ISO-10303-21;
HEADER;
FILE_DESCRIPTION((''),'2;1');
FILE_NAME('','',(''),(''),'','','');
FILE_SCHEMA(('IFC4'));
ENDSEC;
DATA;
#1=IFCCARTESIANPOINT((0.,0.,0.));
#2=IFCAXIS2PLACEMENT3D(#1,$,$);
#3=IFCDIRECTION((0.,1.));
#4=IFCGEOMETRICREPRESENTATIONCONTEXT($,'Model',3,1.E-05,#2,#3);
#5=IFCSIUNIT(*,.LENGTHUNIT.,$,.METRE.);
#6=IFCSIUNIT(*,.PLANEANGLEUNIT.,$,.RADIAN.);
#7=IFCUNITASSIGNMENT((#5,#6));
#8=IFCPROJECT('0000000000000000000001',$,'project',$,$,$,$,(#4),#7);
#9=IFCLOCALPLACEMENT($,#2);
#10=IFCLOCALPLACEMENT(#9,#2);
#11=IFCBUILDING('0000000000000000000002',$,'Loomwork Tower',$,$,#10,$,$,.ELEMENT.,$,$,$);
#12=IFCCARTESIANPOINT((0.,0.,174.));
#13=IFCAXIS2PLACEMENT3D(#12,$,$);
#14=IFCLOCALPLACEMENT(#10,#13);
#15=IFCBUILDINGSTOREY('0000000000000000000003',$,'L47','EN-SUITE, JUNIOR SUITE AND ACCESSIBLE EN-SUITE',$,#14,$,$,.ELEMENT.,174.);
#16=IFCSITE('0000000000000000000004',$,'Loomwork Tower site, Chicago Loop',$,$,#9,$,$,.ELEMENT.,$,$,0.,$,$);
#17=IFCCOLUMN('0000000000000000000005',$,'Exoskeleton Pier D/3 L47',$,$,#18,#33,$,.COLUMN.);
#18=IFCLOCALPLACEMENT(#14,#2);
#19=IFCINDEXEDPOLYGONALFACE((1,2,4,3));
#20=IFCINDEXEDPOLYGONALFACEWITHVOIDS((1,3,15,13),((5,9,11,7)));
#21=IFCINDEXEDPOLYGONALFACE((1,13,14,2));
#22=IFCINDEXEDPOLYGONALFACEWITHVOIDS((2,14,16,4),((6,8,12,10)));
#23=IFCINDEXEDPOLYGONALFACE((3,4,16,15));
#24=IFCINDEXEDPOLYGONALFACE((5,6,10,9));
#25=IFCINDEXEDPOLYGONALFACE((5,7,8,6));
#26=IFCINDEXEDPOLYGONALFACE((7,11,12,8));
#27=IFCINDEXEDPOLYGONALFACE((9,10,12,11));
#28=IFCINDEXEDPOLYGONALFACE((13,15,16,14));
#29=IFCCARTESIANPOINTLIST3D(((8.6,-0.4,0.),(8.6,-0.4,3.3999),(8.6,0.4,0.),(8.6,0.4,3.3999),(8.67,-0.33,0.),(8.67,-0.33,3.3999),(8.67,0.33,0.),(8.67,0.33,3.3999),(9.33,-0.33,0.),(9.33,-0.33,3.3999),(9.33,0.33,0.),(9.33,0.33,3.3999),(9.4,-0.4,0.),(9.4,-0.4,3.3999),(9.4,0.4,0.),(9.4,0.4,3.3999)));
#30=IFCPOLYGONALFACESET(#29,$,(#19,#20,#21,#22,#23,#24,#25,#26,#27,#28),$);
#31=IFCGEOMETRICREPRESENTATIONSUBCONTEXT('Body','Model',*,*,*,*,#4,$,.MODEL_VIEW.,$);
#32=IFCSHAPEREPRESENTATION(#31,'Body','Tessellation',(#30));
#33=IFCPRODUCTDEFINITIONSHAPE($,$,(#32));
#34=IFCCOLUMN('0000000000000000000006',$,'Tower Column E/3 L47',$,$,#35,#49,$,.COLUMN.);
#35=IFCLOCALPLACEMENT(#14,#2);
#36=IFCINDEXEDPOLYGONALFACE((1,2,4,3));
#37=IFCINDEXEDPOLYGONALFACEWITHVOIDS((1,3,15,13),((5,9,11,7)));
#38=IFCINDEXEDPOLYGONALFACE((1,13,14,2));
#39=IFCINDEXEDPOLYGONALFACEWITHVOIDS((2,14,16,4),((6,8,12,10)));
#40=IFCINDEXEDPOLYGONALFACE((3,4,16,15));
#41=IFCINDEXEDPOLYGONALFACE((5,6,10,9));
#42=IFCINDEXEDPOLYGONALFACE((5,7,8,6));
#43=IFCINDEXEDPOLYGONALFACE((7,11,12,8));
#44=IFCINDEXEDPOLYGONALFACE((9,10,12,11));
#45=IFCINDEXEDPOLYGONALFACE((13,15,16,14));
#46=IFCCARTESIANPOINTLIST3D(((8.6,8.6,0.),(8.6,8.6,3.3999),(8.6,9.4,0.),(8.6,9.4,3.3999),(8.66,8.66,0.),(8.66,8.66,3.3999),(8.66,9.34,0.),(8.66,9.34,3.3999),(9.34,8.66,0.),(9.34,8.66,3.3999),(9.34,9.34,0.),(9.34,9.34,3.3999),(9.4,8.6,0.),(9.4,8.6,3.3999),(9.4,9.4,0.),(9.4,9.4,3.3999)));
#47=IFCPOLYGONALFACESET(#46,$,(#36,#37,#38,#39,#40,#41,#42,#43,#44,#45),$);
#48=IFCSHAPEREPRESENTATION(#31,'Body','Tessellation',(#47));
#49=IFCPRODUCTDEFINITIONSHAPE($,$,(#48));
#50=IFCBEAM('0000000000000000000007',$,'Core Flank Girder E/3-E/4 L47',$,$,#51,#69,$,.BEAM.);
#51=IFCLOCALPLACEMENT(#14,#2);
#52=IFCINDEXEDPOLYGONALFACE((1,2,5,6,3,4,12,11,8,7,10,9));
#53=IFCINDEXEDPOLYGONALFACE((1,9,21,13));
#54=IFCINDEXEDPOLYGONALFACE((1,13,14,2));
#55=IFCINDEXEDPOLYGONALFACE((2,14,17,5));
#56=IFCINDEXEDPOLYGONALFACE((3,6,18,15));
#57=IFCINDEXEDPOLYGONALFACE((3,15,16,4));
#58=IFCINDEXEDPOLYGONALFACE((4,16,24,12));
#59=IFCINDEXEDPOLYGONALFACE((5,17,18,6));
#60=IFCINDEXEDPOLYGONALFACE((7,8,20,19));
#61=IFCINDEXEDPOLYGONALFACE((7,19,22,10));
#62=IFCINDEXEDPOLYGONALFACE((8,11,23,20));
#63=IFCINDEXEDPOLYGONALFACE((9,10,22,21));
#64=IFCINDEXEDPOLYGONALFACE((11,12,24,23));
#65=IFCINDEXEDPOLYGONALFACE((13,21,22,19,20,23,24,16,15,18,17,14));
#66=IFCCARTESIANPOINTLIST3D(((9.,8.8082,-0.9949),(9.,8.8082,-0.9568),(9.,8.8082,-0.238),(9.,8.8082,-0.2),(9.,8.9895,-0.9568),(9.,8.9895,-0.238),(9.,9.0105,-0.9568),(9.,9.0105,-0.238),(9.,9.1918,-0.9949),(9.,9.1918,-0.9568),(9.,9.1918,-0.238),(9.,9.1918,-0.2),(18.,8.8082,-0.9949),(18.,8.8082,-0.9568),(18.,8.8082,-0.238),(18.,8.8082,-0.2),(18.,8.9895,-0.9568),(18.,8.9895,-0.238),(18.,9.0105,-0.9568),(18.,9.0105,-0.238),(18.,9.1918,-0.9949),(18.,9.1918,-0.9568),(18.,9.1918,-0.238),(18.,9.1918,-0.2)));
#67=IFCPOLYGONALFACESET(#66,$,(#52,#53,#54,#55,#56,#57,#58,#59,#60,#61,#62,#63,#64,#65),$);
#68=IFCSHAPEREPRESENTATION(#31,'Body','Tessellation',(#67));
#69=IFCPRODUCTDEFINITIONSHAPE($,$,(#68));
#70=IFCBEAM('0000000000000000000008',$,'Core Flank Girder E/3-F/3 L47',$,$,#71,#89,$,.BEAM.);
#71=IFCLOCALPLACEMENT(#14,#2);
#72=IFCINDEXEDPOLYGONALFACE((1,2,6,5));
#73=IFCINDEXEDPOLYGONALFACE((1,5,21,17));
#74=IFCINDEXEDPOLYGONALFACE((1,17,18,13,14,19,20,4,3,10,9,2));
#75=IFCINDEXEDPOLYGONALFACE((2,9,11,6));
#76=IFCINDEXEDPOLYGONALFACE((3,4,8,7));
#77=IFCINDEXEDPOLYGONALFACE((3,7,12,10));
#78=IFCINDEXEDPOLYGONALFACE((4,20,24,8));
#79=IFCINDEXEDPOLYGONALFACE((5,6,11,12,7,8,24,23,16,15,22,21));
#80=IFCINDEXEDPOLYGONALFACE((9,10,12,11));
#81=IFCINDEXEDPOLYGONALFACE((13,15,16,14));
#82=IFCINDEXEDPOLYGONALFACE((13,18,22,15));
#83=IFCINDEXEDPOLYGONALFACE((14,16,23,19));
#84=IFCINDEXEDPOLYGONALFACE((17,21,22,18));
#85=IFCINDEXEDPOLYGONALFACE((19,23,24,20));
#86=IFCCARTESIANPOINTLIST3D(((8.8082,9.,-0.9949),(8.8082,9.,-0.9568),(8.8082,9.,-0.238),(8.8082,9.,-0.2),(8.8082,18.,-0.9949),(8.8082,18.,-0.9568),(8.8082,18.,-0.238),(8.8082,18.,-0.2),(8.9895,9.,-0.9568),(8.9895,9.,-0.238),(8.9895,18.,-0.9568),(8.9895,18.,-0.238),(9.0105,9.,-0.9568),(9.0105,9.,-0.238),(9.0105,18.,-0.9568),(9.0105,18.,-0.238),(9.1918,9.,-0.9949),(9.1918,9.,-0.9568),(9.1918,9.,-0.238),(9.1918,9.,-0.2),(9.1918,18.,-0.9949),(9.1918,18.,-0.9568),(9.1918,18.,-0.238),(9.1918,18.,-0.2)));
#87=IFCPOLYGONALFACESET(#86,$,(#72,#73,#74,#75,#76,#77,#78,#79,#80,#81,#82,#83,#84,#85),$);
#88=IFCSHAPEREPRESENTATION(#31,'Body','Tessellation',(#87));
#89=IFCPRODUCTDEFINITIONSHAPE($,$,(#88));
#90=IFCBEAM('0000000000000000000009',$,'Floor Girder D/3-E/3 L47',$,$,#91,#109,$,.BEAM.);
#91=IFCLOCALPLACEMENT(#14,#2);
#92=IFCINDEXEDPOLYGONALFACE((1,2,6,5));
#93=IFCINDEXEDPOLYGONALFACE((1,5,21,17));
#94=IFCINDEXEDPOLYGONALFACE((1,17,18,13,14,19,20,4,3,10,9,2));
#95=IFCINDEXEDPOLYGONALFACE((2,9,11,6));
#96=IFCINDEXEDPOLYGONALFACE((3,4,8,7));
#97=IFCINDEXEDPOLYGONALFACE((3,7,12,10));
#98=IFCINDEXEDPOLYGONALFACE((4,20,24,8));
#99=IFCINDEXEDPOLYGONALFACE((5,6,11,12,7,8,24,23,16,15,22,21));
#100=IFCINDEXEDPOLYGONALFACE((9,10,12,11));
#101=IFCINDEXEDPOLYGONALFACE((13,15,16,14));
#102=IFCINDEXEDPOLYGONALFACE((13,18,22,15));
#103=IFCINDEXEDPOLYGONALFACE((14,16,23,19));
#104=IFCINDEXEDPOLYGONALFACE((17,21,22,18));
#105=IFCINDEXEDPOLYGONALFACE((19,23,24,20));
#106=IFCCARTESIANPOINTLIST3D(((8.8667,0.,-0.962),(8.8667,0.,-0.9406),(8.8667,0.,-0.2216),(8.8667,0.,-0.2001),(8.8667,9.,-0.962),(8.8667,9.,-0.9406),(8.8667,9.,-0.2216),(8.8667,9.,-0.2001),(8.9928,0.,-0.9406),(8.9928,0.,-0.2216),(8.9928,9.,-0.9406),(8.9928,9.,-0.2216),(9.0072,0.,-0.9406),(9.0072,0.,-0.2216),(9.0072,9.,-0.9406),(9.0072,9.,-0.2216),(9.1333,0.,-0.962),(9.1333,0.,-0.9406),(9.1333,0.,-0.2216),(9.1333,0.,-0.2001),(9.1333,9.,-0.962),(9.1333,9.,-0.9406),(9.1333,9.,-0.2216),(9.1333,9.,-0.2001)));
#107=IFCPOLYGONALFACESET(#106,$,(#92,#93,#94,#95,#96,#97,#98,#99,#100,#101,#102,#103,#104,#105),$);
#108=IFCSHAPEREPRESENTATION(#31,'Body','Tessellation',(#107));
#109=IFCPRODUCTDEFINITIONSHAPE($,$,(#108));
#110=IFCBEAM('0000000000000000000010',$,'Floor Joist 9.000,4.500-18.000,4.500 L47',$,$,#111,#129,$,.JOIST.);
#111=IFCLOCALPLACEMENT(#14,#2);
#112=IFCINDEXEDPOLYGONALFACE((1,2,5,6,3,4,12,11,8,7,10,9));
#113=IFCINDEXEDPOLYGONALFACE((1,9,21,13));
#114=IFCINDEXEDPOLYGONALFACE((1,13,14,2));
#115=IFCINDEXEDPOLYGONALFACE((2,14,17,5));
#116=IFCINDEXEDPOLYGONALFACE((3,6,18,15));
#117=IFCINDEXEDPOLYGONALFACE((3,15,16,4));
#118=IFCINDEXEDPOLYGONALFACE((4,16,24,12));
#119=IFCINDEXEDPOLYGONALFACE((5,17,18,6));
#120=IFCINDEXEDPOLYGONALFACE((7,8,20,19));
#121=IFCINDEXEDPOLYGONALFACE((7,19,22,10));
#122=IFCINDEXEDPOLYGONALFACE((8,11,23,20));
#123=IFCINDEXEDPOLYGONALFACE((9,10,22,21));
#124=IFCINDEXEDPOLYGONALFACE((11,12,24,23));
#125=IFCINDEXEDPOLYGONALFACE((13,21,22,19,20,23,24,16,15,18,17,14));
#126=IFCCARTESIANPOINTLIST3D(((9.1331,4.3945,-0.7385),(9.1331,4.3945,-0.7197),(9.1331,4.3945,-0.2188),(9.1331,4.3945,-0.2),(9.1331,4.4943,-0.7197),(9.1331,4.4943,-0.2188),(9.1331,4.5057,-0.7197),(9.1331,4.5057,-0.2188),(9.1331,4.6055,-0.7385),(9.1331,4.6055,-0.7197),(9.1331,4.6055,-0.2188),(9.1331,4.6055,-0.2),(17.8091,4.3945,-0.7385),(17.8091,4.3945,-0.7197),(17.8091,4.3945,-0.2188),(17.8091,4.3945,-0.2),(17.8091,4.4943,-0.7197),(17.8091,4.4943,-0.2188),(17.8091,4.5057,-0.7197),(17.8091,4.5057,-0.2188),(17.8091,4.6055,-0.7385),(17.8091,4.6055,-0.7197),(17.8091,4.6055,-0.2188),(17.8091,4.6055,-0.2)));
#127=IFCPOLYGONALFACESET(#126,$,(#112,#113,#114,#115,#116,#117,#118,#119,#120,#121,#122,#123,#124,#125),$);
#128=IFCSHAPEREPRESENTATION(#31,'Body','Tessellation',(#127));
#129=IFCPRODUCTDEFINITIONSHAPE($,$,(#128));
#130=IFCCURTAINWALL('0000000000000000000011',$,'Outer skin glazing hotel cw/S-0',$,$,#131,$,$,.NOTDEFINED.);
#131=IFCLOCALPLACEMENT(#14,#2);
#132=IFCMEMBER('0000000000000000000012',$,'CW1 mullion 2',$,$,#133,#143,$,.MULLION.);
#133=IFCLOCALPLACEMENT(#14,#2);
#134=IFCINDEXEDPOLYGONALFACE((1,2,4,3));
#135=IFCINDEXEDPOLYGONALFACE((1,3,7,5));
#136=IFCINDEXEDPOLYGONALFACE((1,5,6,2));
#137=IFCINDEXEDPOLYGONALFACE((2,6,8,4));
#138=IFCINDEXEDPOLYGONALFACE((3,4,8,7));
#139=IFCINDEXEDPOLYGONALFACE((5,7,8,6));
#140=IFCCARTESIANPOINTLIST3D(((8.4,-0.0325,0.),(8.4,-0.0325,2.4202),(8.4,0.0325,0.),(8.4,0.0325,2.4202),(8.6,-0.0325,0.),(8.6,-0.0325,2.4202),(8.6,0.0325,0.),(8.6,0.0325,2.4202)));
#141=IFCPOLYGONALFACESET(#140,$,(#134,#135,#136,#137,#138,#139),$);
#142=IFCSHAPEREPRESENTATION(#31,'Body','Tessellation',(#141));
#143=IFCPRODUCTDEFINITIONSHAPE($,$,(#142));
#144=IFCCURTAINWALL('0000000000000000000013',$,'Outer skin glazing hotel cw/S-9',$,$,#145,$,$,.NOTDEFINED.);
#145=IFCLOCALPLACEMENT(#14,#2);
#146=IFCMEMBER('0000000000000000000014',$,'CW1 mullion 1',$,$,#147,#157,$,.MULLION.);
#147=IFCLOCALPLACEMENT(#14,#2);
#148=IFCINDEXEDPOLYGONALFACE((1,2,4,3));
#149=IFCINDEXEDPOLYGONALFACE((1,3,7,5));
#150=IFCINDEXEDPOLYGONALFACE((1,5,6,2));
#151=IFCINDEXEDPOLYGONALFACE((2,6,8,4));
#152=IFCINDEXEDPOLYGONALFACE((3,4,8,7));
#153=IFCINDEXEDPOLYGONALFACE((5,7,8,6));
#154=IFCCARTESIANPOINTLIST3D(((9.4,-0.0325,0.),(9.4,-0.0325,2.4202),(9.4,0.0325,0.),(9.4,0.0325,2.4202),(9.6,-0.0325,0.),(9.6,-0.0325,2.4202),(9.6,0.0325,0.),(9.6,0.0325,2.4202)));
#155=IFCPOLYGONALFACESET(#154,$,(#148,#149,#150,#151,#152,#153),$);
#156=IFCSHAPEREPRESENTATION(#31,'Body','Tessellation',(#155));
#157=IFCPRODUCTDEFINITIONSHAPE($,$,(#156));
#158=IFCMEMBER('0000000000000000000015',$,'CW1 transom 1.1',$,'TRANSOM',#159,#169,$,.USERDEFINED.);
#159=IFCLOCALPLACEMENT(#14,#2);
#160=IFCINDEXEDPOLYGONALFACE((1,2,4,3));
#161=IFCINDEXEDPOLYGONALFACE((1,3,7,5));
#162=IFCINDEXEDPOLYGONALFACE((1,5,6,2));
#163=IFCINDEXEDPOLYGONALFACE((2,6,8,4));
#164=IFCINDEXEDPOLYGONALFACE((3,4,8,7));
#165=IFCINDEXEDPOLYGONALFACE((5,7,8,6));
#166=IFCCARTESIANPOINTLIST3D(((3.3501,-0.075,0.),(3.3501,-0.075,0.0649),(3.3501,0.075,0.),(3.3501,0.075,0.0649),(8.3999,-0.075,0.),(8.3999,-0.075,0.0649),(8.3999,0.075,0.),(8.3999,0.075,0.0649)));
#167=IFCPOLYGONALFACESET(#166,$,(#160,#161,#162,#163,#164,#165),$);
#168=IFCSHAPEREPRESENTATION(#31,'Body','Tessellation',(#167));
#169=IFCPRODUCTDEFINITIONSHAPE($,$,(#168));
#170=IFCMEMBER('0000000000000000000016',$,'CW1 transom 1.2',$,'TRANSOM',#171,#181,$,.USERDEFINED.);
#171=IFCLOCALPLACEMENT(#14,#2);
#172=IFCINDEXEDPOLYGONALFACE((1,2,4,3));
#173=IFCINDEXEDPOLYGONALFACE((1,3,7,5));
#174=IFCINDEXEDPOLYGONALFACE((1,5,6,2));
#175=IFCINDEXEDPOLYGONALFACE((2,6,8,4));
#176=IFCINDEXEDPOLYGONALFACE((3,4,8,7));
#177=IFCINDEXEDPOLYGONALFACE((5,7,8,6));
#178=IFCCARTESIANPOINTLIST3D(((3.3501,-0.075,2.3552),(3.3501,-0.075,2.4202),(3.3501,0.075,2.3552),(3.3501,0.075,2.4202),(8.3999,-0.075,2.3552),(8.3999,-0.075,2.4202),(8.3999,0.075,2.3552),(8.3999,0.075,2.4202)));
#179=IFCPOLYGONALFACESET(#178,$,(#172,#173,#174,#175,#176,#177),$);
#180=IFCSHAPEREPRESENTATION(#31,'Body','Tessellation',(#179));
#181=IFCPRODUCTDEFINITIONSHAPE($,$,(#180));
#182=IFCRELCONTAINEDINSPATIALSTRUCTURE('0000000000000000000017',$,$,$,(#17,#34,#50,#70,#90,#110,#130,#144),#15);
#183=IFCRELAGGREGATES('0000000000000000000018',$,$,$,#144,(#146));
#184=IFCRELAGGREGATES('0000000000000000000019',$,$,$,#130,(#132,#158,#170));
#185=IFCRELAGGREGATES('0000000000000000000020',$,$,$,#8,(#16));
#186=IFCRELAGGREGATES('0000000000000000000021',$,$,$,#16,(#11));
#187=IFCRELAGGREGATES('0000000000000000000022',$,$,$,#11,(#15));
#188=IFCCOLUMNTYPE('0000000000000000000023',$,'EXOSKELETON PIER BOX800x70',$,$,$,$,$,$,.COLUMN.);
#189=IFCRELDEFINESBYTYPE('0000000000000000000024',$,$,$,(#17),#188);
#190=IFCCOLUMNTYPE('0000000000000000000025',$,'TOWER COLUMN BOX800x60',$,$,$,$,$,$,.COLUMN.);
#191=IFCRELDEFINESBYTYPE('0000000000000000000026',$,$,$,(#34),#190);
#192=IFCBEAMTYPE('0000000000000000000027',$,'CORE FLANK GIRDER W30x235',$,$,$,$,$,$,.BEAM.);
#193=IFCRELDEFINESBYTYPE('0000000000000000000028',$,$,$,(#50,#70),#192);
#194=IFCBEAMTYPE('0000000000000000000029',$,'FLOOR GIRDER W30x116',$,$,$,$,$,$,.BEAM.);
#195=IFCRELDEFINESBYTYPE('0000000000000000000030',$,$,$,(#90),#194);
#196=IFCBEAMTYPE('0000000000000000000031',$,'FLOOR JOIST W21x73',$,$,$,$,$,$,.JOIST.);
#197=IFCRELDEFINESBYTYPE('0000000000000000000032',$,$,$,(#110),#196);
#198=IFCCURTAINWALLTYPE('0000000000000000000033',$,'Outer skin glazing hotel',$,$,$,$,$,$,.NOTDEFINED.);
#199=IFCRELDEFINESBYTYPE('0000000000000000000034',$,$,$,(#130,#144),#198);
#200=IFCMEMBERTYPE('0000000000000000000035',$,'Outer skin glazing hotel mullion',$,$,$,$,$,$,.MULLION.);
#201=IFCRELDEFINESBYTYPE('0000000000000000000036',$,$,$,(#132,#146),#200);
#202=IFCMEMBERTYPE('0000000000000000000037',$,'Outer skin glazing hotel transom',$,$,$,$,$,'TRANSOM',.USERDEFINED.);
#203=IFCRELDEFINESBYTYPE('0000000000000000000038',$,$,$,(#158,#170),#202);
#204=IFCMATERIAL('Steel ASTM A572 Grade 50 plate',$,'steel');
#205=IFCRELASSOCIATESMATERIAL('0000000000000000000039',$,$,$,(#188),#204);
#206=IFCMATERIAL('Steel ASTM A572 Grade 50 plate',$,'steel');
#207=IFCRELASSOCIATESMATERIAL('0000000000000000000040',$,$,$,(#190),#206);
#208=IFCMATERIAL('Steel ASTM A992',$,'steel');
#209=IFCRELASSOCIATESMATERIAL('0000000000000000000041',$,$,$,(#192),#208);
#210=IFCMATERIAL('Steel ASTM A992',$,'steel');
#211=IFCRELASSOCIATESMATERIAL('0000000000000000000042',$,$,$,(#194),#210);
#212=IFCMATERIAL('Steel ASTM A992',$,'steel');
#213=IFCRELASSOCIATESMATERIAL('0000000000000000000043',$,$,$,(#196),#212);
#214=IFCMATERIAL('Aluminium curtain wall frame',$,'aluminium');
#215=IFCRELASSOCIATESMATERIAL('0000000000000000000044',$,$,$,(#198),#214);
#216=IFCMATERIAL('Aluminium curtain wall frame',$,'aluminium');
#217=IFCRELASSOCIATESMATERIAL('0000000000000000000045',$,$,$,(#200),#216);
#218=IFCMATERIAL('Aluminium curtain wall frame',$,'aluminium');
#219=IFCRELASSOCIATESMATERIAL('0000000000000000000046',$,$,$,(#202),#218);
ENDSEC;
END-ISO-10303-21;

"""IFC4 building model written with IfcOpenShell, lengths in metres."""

from ifc_helpers import new_model, si_unit, direction, frame, origin, origin_2d, place, context, subcontext, project, spatial, rectangle, hollow_rectangle, i_section, extrude, material, material_profile, profile_set, type_object, element, aggregate, save


model = new_model("IFC4")

# Units and contexts
model_context = context("Model", 3, precision=1e-05, world=origin(), true_north=direction((0.0, 1.0)))
body_context = subcontext(model_context, "Body", "Model", "MODEL_VIEW")
ifc_project = project(units=[si_unit("LENGTHUNIT", "METRE"), si_unit("PLANEANGLEUNIT", "RADIAN")], contexts=[model_context])

# Site, building, storey
site_placement = place(None, origin())
site = spatial("IfcSite", under=ifc_project, at=site_placement, Name="Loomwork Tower site, Chicago Loop", CompositionType="ELEMENT", RefElevation=0.0)
building_placement = place(site_placement, origin())
building = spatial("IfcBuilding", under=site, at=building_placement, Name="Loomwork Tower", CompositionType="ELEMENT")
storey_placement = place(building_placement, frame((0.0, 0.0, 174.0)))
storey = spatial("IfcBuildingStorey", under=building, at=storey_placement, Name="L47", Description="EN-SUITE, JUNIOR SUITE AND ACCESSIBLE EN-SUITE", CompositionType="ELEMENT", Elevation=174.0)

# Columns
ifc_material_1 = material(Name="Steel ASTM A572 Grade 50 plate", Category="steel")
ifc_material_profile_1 = material_profile(ifc_material_1, hollow_rectangle(XDim=0.8, YDim=0.8, WallThickness=0.0701, at=origin_2d()), Name="BOX800x70")
ifc_profile_set_1 = profile_set([ifc_material_profile_1], Name="Steel ASTM A572 Grade 50 plate")
column_type_1 = type_object("IfcColumnType", Name="EXOSKELETON PIER BOX800x70", PredefinedType="COLUMN", material=ifc_profile_set_1)
column_1_placement = place(storey_placement, frame((9.0, 0.0, 0.0), z_axis=(0.0, 0.0, 1.0), x_axis=(1.0, 0.0, 0.0)))
element("IfcColumn", 1, at=column_1_placement, inside=storey, type_object=column_type_1, Name="Exoskeleton Pier D/3 L47", PredefinedType="COLUMN", context=body_context, shape_type="SweptSolid", body=[
    extrude(hollow_rectangle(XDim=0.8, YDim=0.8, WallThickness=0.0701, at=origin_2d()), origin(), (0.0, 0.0, 1.0), 3.3999),
])
ifc_material_2 = material(Name="Steel ASTM A572 Grade 50 plate", Category="steel")
ifc_material_profile_2 = material_profile(ifc_material_2, hollow_rectangle(XDim=0.8, YDim=0.8, WallThickness=0.0601, at=origin_2d()), Name="BOX800x60")
ifc_profile_set_2 = profile_set([ifc_material_profile_2], Name="Steel ASTM A572 Grade 50 plate")
column_type_2 = type_object("IfcColumnType", Name="TOWER COLUMN BOX800x60", PredefinedType="COLUMN", material=ifc_profile_set_2)
column_2_placement = place(storey_placement, frame((9.0, 9.0, 0.0), z_axis=(0.0, 0.0, 1.0), x_axis=(1.0, 0.0, 0.0)))
element("IfcColumn", 2, at=column_2_placement, inside=storey, type_object=column_type_2, Name="Tower Column E/3 L47", PredefinedType="COLUMN", context=body_context, shape_type="SweptSolid", body=[
    extrude(hollow_rectangle(XDim=0.8, YDim=0.8, WallThickness=0.0601, at=origin_2d()), origin(), (0.0, 0.0, 1.0), 3.3999),
])

# Beams
ifc_material_3 = material(Name="Steel ASTM A992", Category="steel")
ifc_material_profile_3 = material_profile(ifc_material_3, i_section(OverallWidth=0.3835, OverallDepth=0.7949, WebThickness=0.021, FlangeThickness=0.0381, at=origin_2d()), Name="W30x235")
ifc_profile_set_3 = profile_set([ifc_material_profile_3], Name="Steel ASTM A992")
beam_type_1 = type_object("IfcBeamType", Name="CORE FLANK GIRDER W30x235", PredefinedType="BEAM", material=ifc_profile_set_3)
for number, where, z_axis, x_axis, name in (
    (3, (9.0, 9.0, -0.5974), (1.0, 0.0, 0.0), (0.0, 1.0, 0.0), "Core Flank Girder E/3-E/4 L47"),
    (4, (9.0, 9.0, -0.5974), (0.0, 1.0, 0.0), (-1.0, 0.0, 0.0), "Core Flank Girder E/3-F/3 L47"),
):
    element("IfcBeam", number, at=place(storey_placement, frame(where, z_axis=z_axis, x_axis=x_axis)), inside=storey, type_object=beam_type_1, Name=name, PredefinedType="BEAM", context=body_context, shape_type="SweptSolid", body=[
        extrude(i_section(OverallWidth=0.3835, OverallDepth=0.7949, WebThickness=0.021, FlangeThickness=0.0381, at=origin_2d()), origin(), (0.0, 0.0, 1.0), 9.0),
    ])
ifc_material_4 = material(Name="Steel ASTM A992", Category="steel")
ifc_material_profile_4 = material_profile(ifc_material_4, i_section(OverallWidth=0.2666, OverallDepth=0.762, WebThickness=0.0144, FlangeThickness=0.0215, at=origin_2d()), Name="W30x116")
ifc_profile_set_4 = profile_set([ifc_material_profile_4], Name="Steel ASTM A992")
beam_type_2 = type_object("IfcBeamType", Name="FLOOR GIRDER W30x116", PredefinedType="BEAM", material=ifc_profile_set_4)
beam_1_placement = place(storey_placement, frame((9.0, 0.0, -0.5811), z_axis=(0.0, 1.0, 0.0), x_axis=(-1.0, 0.0, 0.0)))
element("IfcBeam", 5, at=beam_1_placement, inside=storey, type_object=beam_type_2, Name="Floor Girder D/3-E/3 L47", PredefinedType="BEAM", context=body_context, shape_type="SweptSolid", body=[
    extrude(i_section(OverallWidth=0.2666, OverallDepth=0.762, WebThickness=0.0144, FlangeThickness=0.0215, at=origin_2d()), origin(), (0.0, 0.0, 1.0), 9.0),
])
ifc_material_5 = material(Name="Steel ASTM A992", Category="steel")
ifc_material_profile_5 = material_profile(ifc_material_5, i_section(OverallWidth=0.2109, OverallDepth=0.5386, WebThickness=0.0115, FlangeThickness=0.0188, at=origin_2d()), Name="W21x73")
ifc_profile_set_5 = profile_set([ifc_material_profile_5], Name="Steel ASTM A992")
beam_type_3 = type_object("IfcBeamType", Name="FLOOR JOIST W21x73", PredefinedType="JOIST", material=ifc_profile_set_5)
beam_2_placement = place(storey_placement, frame((9.1331, 4.5, -0.4692), z_axis=(1.0, 0.0, 0.0), x_axis=(0.0, 1.0, 0.0)))
element("IfcBeam", 6, at=beam_2_placement, inside=storey, type_object=beam_type_3, Name="Floor Joist 9.000,4.500-18.000,4.500 L47", PredefinedType="JOIST", context=body_context, shape_type="SweptSolid", body=[
    extrude(i_section(OverallWidth=0.2109, OverallDepth=0.5386, WebThickness=0.0115, FlangeThickness=0.0188, at=origin_2d()), origin(), (0.0, 0.0, 1.0), 8.676),
])

# Curtain walls, members
ifc_material_6 = material(Name="Aluminium curtain wall frame", Category="aluminium")
curtain_wall_type = type_object("IfcCurtainWallType", Name="Outer skin glazing hotel", PredefinedType="NOTDEFINED", material=ifc_material_6)
curtain_wall_1_placement = place(storey_placement, origin())
curtain_wall_1 = element("IfcCurtainWall", 7, at=curtain_wall_1_placement, inside=storey, type_object=curtain_wall_type, Name="Outer skin glazing hotel cw/S-0", PredefinedType="NOTDEFINED")
ifc_material_7 = material(Name="Aluminium curtain wall frame", Category="aluminium")
ifc_material_profile_6 = material_profile(ifc_material_7, rectangle(XDim=0.0649, YDim=0.2, at=origin_2d()), Name="AL 65x200")
ifc_profile_set_6 = profile_set([ifc_material_profile_6], Name="Aluminium curtain wall frame")
member_type_1 = type_object("IfcMemberType", Name="Outer skin glazing hotel mullion", PredefinedType="MULLION", material=ifc_profile_set_6)
member_1_placement = place(storey_placement, frame((8.5, 0.0, 0.0), z_axis=(0.0, 0.0, 1.0), x_axis=(0.0, 1.0, 0.0)))
member_1 = element("IfcMember", 8, at=member_1_placement, type_object=member_type_1, Name="CW1 mullion 2", PredefinedType="MULLION", context=body_context, shape_type="SweptSolid", body=[
    extrude(rectangle(XDim=0.0649, YDim=0.2, at=origin_2d()), origin(), (0.0, 0.0, 1.0), 2.4202),
])
curtain_wall_2_placement = place(storey_placement, origin())
curtain_wall_2 = element("IfcCurtainWall", 9, at=curtain_wall_2_placement, inside=storey, type_object=curtain_wall_type, Name="Outer skin glazing hotel cw/S-9", PredefinedType="NOTDEFINED")
member_2_placement = place(storey_placement, frame((9.5, 0.0, 0.0), z_axis=(0.0, 0.0, 1.0), x_axis=(0.0, 1.0, 0.0)))
member_2 = element("IfcMember", 10, at=member_2_placement, type_object=member_type_1, Name="CW1 mullion 1", PredefinedType="MULLION", context=body_context, shape_type="SweptSolid", body=[
    extrude(rectangle(XDim=0.0649, YDim=0.2, at=origin_2d()), origin(), (0.0, 0.0, 1.0), 2.4202),
])
aggregate(curtain_wall_2, [member_2])

# Members
ifc_material_8 = material(Name="Aluminium curtain wall frame", Category="aluminium")
ifc_material_profile_7 = material_profile(ifc_material_8, rectangle(XDim=0.1499, YDim=0.0649, at=origin_2d()), Name="AL 65x150")
ifc_profile_set_7 = profile_set([ifc_material_profile_7], Name="Aluminium curtain wall frame")
member_type_2 = type_object("IfcMemberType", Name="Outer skin glazing hotel transom", ElementType="TRANSOM", PredefinedType="USERDEFINED", material=ifc_profile_set_7)
member_3_placement = place(storey_placement, frame((3.3501, 0.0, 0.0325), z_axis=(1.0, 0.0, 0.0), x_axis=(0.0, 1.0, 0.0)))
member_3 = element("IfcMember", 11, at=member_3_placement, type_object=member_type_2, Name="CW1 transom 1.1", ObjectType="TRANSOM", PredefinedType="USERDEFINED", context=body_context, shape_type="SweptSolid", body=[
    extrude(rectangle(XDim=0.1499, YDim=0.0649, at=origin_2d()), origin(), (0.0, 0.0, 1.0), 5.0498),
])
member_4_placement = place(storey_placement, frame((3.3501, 0.0, 2.3877), z_axis=(1.0, 0.0, 0.0), x_axis=(0.0, 1.0, 0.0)))
member_4 = element("IfcMember", 12, at=member_4_placement, type_object=member_type_2, Name="CW1 transom 1.2", ObjectType="TRANSOM", PredefinedType="USERDEFINED", context=body_context, shape_type="SweptSolid", body=[
    extrude(rectangle(XDim=0.1499, YDim=0.0649, at=origin_2d()), origin(), (0.0, 0.0, 1.0), 5.0498),
])

aggregate(curtain_wall_1, [member_1, member_3, member_4])

save(model, "model.ifc")
